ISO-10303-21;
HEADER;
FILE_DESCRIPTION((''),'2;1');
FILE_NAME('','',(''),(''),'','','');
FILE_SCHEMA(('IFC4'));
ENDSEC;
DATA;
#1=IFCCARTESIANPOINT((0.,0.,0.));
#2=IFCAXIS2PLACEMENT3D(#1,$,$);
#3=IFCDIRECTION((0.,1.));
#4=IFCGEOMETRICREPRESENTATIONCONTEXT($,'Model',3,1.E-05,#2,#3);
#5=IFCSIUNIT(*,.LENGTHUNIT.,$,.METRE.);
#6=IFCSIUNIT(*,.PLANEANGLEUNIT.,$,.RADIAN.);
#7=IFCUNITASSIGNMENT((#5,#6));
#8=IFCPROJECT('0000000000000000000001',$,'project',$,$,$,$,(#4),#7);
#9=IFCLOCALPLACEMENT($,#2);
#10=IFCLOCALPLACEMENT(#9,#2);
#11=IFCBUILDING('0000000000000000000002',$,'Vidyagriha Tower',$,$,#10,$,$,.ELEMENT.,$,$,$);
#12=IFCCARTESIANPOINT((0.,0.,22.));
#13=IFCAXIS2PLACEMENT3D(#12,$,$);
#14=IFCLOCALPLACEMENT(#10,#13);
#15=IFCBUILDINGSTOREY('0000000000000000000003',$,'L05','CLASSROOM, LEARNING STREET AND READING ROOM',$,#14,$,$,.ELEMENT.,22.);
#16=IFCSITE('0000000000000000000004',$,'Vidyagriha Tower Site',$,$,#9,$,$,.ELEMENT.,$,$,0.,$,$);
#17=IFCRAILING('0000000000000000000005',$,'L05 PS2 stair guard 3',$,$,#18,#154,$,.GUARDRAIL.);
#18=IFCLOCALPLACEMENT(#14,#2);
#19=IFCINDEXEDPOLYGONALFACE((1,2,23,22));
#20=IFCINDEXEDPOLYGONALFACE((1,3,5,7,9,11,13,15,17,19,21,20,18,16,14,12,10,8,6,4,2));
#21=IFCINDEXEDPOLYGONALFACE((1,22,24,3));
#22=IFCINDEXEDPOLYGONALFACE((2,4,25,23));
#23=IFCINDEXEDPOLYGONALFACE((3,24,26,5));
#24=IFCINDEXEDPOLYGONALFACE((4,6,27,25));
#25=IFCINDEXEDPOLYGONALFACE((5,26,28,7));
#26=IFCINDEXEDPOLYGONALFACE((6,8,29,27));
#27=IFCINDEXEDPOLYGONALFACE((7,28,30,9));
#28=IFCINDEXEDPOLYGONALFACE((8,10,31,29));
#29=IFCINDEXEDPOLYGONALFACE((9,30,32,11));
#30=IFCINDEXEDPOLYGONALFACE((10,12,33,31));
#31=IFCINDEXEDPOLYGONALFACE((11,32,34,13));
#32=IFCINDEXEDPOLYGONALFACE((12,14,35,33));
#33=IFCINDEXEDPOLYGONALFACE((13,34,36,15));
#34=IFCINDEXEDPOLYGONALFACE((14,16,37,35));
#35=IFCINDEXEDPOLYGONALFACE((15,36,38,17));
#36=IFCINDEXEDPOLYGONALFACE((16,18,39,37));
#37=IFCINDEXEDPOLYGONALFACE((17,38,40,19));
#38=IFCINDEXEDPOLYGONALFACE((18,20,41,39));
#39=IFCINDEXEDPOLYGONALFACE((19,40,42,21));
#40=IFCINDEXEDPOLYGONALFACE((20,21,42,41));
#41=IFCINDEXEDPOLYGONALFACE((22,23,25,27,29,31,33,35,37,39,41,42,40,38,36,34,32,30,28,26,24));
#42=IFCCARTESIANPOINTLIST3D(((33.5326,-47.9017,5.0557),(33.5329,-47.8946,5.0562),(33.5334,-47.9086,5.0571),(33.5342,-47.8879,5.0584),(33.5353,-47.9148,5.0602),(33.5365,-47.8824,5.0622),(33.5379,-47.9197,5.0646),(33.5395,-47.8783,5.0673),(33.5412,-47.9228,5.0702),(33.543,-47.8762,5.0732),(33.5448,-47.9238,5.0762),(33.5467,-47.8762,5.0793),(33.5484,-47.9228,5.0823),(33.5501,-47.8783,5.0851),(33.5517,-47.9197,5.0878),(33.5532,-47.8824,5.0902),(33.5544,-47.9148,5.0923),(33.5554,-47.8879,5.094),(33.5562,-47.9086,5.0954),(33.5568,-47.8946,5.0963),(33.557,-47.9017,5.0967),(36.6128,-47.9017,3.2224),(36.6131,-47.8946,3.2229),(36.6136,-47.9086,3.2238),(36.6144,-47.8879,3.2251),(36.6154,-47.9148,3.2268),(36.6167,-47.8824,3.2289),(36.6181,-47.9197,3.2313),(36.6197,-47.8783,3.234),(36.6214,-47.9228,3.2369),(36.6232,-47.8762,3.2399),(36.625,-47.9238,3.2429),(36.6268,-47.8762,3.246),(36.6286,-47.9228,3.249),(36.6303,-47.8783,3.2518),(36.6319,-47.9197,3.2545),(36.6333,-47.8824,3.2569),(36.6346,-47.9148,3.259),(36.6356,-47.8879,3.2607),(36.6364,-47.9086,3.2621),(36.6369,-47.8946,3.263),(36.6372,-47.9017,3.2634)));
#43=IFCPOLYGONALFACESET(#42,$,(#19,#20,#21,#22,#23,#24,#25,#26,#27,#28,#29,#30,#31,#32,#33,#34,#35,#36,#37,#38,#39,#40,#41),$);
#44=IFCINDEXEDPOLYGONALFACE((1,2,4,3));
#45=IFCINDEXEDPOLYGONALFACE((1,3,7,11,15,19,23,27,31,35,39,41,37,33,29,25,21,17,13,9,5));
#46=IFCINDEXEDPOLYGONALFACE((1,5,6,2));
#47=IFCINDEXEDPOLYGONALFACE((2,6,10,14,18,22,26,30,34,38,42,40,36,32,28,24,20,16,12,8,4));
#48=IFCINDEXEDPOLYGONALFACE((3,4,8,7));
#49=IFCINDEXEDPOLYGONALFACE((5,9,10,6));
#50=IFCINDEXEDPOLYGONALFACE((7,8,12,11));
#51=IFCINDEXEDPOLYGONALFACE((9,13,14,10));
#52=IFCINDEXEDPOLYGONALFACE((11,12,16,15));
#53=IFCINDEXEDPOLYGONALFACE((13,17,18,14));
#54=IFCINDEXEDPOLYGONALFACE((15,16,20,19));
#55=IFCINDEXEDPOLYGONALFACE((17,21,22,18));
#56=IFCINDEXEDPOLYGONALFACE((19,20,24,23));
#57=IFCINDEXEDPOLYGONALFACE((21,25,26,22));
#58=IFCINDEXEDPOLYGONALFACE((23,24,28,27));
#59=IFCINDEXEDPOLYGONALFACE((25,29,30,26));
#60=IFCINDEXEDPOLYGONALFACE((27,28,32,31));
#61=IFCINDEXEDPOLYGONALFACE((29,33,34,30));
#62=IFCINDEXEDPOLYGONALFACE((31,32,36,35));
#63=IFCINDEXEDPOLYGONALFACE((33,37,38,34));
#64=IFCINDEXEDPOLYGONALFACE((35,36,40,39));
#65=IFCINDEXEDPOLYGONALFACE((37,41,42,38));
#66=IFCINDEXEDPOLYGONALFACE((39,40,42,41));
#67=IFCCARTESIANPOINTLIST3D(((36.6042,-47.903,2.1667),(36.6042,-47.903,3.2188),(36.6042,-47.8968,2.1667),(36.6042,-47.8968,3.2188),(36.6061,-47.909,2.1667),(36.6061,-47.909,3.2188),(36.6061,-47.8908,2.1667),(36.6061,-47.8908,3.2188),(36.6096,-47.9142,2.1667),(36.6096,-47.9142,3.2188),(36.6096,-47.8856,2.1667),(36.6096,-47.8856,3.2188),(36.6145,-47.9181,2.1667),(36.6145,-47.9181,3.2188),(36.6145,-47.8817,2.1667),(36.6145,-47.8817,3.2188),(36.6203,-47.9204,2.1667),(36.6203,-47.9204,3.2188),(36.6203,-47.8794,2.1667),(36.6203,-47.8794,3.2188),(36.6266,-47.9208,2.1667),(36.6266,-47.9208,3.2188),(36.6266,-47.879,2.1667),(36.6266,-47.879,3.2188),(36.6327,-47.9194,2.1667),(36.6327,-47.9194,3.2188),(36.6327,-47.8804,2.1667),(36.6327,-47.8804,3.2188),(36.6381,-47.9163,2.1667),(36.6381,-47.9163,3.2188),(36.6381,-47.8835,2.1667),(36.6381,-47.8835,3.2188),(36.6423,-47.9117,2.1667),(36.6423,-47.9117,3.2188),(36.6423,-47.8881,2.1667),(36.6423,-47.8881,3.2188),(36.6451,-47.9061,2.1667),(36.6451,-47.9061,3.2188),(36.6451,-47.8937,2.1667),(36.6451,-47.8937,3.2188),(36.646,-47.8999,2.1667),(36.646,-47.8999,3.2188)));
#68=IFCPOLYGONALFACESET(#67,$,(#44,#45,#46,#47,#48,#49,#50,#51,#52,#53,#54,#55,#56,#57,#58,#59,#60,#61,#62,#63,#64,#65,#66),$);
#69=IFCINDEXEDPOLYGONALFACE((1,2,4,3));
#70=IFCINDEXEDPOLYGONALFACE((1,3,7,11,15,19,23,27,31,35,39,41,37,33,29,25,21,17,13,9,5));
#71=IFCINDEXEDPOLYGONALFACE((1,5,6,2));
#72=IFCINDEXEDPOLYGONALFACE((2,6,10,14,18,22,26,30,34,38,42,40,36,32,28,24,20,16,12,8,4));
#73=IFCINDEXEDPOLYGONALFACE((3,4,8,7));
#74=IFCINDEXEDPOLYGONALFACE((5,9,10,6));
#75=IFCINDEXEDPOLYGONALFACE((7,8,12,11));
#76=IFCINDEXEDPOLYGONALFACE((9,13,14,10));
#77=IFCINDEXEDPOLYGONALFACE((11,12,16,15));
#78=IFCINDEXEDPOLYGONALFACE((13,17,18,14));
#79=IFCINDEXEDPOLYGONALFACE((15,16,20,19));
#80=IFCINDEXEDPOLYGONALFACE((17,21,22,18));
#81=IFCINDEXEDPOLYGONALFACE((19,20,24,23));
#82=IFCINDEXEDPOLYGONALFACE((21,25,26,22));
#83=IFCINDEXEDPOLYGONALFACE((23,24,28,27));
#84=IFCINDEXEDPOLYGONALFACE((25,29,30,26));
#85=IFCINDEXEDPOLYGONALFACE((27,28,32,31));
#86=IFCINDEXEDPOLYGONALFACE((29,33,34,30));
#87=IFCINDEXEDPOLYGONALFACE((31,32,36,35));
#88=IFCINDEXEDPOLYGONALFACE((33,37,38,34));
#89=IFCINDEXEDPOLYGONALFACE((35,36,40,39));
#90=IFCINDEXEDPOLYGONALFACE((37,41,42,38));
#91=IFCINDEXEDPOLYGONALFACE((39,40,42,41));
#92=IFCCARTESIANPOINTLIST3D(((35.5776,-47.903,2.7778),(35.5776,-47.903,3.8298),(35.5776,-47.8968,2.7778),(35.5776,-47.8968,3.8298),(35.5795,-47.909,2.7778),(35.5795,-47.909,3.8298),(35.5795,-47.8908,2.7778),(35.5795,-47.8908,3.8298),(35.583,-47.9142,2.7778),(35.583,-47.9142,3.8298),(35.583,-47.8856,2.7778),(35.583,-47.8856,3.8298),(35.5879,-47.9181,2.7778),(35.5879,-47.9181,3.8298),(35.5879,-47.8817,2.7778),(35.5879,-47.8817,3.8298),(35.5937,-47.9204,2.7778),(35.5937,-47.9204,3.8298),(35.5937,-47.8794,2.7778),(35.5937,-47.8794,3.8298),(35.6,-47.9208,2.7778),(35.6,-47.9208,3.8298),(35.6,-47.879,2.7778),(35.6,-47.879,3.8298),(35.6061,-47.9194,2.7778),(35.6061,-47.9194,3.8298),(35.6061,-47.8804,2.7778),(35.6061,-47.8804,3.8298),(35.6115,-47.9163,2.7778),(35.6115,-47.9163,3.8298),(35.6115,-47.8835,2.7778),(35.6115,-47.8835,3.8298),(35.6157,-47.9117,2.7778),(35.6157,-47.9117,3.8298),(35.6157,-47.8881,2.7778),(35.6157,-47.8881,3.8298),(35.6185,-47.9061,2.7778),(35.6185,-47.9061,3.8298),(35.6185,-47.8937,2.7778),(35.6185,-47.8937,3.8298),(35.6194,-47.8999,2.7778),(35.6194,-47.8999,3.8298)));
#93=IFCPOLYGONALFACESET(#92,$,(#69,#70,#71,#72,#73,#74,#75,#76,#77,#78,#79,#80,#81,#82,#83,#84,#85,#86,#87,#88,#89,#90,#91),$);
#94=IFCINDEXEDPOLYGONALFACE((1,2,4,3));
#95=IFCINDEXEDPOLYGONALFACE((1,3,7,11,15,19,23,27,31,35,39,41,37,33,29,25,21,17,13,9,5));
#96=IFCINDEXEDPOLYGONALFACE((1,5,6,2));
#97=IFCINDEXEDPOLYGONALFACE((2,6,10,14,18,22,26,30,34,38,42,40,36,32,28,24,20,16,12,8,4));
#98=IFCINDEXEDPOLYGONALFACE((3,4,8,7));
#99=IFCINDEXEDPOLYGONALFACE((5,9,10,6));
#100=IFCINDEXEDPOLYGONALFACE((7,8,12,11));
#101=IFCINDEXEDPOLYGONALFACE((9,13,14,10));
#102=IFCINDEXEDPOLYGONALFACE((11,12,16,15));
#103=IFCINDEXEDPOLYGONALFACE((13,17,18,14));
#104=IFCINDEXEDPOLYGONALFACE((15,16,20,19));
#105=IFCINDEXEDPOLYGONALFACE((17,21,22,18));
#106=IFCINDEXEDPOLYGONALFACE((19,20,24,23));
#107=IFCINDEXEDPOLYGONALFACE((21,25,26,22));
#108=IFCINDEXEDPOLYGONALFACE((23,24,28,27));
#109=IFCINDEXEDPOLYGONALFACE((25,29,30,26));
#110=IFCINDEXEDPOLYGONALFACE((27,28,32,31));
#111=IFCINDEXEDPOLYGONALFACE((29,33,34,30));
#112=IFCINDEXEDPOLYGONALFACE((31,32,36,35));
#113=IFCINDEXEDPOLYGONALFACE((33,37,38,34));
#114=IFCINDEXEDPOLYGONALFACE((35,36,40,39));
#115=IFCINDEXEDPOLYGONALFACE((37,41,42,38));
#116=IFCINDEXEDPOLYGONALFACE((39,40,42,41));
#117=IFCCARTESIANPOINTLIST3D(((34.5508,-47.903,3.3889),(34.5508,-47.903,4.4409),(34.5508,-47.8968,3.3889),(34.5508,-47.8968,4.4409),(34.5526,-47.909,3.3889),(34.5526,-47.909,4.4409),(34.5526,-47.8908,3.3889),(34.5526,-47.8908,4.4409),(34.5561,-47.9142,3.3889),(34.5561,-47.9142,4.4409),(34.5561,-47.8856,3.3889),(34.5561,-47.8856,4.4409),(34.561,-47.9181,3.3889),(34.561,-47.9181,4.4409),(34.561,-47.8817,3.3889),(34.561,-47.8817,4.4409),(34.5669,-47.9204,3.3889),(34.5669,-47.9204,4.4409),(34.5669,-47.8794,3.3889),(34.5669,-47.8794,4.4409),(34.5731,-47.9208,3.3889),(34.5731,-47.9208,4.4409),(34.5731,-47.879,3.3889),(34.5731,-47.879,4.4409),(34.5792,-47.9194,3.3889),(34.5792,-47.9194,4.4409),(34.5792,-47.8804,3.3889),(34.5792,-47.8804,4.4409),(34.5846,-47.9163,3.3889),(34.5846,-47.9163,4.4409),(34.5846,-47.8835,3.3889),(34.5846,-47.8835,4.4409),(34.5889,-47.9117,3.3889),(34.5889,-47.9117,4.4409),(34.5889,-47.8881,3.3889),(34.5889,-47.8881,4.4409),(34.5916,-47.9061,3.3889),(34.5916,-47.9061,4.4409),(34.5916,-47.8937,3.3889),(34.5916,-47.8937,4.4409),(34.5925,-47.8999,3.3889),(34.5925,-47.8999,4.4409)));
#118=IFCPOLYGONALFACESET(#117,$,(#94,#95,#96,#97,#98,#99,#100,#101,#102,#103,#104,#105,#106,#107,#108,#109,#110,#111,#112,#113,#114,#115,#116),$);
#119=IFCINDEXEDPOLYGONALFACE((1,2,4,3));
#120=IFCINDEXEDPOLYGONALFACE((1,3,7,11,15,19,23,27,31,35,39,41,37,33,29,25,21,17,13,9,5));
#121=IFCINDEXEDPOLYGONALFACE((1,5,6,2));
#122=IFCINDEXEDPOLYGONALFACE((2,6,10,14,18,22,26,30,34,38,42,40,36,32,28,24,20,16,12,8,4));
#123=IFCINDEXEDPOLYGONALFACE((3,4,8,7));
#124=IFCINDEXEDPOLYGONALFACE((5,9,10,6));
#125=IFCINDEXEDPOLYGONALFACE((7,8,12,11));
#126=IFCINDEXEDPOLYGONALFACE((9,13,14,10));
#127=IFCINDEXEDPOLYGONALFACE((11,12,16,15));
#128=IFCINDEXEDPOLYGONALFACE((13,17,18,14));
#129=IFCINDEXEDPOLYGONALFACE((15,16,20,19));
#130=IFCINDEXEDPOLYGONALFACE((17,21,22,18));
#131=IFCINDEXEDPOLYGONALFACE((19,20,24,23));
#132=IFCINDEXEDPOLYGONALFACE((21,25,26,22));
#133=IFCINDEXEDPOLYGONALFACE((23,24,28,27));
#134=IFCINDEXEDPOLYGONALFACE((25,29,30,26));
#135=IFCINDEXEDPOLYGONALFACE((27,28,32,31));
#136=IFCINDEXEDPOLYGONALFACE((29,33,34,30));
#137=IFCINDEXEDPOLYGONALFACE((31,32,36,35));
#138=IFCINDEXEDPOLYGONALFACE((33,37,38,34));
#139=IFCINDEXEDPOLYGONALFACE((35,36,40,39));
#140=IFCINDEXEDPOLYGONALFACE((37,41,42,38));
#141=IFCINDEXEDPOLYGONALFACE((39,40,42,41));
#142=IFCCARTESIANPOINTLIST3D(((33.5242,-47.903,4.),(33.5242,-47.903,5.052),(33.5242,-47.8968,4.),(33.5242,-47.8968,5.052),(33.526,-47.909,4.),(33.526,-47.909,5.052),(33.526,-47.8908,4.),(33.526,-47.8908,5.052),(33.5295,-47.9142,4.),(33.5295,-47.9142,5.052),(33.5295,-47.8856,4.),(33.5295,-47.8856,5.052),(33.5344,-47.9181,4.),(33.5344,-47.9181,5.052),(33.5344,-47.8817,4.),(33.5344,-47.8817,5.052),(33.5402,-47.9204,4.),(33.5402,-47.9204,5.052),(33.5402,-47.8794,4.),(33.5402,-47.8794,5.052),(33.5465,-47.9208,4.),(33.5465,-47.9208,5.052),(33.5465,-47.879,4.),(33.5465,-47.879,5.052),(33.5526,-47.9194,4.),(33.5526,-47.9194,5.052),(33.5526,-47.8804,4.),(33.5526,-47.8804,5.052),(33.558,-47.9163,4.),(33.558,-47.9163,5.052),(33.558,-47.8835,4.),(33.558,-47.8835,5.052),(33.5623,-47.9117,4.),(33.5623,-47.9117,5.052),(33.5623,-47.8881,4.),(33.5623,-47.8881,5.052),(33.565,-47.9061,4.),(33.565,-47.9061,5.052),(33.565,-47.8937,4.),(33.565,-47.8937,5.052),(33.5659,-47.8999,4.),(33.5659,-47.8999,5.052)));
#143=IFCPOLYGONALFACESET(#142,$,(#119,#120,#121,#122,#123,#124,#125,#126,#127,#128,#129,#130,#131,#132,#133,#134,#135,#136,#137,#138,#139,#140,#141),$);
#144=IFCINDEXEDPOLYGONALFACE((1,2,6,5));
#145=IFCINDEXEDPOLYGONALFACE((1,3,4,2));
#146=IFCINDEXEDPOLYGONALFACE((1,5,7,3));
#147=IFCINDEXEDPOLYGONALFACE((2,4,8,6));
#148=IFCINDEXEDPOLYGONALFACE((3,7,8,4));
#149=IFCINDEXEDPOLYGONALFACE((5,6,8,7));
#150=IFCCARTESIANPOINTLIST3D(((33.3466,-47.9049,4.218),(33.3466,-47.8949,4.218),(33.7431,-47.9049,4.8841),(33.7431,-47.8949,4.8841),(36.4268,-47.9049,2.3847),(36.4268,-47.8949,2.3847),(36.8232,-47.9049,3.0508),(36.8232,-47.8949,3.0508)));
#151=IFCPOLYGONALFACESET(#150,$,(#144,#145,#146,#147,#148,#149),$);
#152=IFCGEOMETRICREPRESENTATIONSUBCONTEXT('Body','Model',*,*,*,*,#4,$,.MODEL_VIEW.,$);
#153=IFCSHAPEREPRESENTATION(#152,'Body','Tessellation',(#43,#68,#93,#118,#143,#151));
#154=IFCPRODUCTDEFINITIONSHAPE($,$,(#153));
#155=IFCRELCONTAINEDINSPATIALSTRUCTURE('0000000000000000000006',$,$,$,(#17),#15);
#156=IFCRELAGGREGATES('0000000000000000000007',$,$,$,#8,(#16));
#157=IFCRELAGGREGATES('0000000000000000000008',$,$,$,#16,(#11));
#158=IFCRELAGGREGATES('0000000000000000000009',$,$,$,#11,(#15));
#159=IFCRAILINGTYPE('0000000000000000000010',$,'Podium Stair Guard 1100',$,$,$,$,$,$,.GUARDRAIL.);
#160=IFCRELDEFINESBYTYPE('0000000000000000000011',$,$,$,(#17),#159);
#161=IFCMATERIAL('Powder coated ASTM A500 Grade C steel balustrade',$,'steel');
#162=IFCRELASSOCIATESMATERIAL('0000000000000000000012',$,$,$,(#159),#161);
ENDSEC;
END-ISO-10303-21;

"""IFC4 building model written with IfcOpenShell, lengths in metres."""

from ifc_helpers import new_model, si_unit, direction, frame, origin, origin_2d, place, context, subcontext, project, spatial, rectangle, circle, extrude, material, type_object, element, save


model = new_model("IFC4")

# Units and contexts
model_context = context("Model", 3, precision=1e-05, world=origin(), true_north=direction((0.0, 1.0)))
body_context = subcontext(model_context, "Body", "Model", "MODEL_VIEW")
ifc_project = project(units=[si_unit("LENGTHUNIT", "METRE"), si_unit("PLANEANGLEUNIT", "RADIAN")], contexts=[model_context])

# Site, building, storey
site_placement = place(None, origin())
site = spatial("IfcSite", under=ifc_project, at=site_placement, Name="Vidyagriha Tower Site", CompositionType="ELEMENT", RefElevation=0.0)
building_placement = place(site_placement, origin())
building = spatial("IfcBuilding", under=site, at=building_placement, Name="Vidyagriha Tower", CompositionType="ELEMENT")
storey_placement = place(building_placement, frame((0.0, 0.0, 22.0)))
storey = spatial("IfcBuildingStorey", under=building, at=storey_placement, Name="L05", Description="CLASSROOM, LEARNING STREET AND READING ROOM", CompositionType="ELEMENT", Elevation=22.0)

# Railing
ifc_material_1 = material(Name="Powder coated ASTM A500 Grade C steel balustrade", Category="steel")
railing_type_1 = type_object("IfcRailingType", Name="Podium Stair Guard 1100", PredefinedType="GUARDRAIL", material=ifc_material_1)
railing_1_placement = place(storey_placement, frame((36.625, -47.8999, 2.1667)))
element("IfcRailing", 1, at=railing_1_placement, inside=storey, type_object=railing_type_1, Name="L05 PS2 stair guard 3", PredefinedType="GUARDRAIL", context=body_context, shape_type="SweptSolid", body=[
    extrude(circle(Radius=0.0239, at=origin_2d()), frame((0.0, 0.0, 1.0762), z_axis=(-0.859309, 0.0, 0.511458), x_axis=(0.0, -1.0, 0.0)), (0.0, 0.0, 1.0), 3.5845),
    extrude(circle(Radius=0.021, at=origin_2d()), origin(), (0.0, 0.0, 1.0), 1.052),
    extrude(circle(Radius=0.021, at=origin_2d()), frame((-1.0266, 0.0, 0.6111)), (0.0, 0.0, 1.0), 1.052),
    extrude(circle(Radius=0.021, at=origin_2d()), frame((-2.0535, 0.0, 1.2222)), (0.0, 0.0, 1.0), 1.052),
    extrude(circle(Radius=0.021, at=origin_2d()), frame((-3.0801, 0.0, 1.8333)), (0.0, 0.0, 1.0), 1.052),
    extrude(rectangle(XDim=0.01, YDim=0.7751, at=origin_2d()), frame((0.0, 0.0, 0.551), z_axis=(-0.859309, 0.0, 0.511458), x_axis=(0.0, -1.0, 0.0)), (0.0, 0.0, 1.0), 3.5845),
])

save(model, "model.ifc")
